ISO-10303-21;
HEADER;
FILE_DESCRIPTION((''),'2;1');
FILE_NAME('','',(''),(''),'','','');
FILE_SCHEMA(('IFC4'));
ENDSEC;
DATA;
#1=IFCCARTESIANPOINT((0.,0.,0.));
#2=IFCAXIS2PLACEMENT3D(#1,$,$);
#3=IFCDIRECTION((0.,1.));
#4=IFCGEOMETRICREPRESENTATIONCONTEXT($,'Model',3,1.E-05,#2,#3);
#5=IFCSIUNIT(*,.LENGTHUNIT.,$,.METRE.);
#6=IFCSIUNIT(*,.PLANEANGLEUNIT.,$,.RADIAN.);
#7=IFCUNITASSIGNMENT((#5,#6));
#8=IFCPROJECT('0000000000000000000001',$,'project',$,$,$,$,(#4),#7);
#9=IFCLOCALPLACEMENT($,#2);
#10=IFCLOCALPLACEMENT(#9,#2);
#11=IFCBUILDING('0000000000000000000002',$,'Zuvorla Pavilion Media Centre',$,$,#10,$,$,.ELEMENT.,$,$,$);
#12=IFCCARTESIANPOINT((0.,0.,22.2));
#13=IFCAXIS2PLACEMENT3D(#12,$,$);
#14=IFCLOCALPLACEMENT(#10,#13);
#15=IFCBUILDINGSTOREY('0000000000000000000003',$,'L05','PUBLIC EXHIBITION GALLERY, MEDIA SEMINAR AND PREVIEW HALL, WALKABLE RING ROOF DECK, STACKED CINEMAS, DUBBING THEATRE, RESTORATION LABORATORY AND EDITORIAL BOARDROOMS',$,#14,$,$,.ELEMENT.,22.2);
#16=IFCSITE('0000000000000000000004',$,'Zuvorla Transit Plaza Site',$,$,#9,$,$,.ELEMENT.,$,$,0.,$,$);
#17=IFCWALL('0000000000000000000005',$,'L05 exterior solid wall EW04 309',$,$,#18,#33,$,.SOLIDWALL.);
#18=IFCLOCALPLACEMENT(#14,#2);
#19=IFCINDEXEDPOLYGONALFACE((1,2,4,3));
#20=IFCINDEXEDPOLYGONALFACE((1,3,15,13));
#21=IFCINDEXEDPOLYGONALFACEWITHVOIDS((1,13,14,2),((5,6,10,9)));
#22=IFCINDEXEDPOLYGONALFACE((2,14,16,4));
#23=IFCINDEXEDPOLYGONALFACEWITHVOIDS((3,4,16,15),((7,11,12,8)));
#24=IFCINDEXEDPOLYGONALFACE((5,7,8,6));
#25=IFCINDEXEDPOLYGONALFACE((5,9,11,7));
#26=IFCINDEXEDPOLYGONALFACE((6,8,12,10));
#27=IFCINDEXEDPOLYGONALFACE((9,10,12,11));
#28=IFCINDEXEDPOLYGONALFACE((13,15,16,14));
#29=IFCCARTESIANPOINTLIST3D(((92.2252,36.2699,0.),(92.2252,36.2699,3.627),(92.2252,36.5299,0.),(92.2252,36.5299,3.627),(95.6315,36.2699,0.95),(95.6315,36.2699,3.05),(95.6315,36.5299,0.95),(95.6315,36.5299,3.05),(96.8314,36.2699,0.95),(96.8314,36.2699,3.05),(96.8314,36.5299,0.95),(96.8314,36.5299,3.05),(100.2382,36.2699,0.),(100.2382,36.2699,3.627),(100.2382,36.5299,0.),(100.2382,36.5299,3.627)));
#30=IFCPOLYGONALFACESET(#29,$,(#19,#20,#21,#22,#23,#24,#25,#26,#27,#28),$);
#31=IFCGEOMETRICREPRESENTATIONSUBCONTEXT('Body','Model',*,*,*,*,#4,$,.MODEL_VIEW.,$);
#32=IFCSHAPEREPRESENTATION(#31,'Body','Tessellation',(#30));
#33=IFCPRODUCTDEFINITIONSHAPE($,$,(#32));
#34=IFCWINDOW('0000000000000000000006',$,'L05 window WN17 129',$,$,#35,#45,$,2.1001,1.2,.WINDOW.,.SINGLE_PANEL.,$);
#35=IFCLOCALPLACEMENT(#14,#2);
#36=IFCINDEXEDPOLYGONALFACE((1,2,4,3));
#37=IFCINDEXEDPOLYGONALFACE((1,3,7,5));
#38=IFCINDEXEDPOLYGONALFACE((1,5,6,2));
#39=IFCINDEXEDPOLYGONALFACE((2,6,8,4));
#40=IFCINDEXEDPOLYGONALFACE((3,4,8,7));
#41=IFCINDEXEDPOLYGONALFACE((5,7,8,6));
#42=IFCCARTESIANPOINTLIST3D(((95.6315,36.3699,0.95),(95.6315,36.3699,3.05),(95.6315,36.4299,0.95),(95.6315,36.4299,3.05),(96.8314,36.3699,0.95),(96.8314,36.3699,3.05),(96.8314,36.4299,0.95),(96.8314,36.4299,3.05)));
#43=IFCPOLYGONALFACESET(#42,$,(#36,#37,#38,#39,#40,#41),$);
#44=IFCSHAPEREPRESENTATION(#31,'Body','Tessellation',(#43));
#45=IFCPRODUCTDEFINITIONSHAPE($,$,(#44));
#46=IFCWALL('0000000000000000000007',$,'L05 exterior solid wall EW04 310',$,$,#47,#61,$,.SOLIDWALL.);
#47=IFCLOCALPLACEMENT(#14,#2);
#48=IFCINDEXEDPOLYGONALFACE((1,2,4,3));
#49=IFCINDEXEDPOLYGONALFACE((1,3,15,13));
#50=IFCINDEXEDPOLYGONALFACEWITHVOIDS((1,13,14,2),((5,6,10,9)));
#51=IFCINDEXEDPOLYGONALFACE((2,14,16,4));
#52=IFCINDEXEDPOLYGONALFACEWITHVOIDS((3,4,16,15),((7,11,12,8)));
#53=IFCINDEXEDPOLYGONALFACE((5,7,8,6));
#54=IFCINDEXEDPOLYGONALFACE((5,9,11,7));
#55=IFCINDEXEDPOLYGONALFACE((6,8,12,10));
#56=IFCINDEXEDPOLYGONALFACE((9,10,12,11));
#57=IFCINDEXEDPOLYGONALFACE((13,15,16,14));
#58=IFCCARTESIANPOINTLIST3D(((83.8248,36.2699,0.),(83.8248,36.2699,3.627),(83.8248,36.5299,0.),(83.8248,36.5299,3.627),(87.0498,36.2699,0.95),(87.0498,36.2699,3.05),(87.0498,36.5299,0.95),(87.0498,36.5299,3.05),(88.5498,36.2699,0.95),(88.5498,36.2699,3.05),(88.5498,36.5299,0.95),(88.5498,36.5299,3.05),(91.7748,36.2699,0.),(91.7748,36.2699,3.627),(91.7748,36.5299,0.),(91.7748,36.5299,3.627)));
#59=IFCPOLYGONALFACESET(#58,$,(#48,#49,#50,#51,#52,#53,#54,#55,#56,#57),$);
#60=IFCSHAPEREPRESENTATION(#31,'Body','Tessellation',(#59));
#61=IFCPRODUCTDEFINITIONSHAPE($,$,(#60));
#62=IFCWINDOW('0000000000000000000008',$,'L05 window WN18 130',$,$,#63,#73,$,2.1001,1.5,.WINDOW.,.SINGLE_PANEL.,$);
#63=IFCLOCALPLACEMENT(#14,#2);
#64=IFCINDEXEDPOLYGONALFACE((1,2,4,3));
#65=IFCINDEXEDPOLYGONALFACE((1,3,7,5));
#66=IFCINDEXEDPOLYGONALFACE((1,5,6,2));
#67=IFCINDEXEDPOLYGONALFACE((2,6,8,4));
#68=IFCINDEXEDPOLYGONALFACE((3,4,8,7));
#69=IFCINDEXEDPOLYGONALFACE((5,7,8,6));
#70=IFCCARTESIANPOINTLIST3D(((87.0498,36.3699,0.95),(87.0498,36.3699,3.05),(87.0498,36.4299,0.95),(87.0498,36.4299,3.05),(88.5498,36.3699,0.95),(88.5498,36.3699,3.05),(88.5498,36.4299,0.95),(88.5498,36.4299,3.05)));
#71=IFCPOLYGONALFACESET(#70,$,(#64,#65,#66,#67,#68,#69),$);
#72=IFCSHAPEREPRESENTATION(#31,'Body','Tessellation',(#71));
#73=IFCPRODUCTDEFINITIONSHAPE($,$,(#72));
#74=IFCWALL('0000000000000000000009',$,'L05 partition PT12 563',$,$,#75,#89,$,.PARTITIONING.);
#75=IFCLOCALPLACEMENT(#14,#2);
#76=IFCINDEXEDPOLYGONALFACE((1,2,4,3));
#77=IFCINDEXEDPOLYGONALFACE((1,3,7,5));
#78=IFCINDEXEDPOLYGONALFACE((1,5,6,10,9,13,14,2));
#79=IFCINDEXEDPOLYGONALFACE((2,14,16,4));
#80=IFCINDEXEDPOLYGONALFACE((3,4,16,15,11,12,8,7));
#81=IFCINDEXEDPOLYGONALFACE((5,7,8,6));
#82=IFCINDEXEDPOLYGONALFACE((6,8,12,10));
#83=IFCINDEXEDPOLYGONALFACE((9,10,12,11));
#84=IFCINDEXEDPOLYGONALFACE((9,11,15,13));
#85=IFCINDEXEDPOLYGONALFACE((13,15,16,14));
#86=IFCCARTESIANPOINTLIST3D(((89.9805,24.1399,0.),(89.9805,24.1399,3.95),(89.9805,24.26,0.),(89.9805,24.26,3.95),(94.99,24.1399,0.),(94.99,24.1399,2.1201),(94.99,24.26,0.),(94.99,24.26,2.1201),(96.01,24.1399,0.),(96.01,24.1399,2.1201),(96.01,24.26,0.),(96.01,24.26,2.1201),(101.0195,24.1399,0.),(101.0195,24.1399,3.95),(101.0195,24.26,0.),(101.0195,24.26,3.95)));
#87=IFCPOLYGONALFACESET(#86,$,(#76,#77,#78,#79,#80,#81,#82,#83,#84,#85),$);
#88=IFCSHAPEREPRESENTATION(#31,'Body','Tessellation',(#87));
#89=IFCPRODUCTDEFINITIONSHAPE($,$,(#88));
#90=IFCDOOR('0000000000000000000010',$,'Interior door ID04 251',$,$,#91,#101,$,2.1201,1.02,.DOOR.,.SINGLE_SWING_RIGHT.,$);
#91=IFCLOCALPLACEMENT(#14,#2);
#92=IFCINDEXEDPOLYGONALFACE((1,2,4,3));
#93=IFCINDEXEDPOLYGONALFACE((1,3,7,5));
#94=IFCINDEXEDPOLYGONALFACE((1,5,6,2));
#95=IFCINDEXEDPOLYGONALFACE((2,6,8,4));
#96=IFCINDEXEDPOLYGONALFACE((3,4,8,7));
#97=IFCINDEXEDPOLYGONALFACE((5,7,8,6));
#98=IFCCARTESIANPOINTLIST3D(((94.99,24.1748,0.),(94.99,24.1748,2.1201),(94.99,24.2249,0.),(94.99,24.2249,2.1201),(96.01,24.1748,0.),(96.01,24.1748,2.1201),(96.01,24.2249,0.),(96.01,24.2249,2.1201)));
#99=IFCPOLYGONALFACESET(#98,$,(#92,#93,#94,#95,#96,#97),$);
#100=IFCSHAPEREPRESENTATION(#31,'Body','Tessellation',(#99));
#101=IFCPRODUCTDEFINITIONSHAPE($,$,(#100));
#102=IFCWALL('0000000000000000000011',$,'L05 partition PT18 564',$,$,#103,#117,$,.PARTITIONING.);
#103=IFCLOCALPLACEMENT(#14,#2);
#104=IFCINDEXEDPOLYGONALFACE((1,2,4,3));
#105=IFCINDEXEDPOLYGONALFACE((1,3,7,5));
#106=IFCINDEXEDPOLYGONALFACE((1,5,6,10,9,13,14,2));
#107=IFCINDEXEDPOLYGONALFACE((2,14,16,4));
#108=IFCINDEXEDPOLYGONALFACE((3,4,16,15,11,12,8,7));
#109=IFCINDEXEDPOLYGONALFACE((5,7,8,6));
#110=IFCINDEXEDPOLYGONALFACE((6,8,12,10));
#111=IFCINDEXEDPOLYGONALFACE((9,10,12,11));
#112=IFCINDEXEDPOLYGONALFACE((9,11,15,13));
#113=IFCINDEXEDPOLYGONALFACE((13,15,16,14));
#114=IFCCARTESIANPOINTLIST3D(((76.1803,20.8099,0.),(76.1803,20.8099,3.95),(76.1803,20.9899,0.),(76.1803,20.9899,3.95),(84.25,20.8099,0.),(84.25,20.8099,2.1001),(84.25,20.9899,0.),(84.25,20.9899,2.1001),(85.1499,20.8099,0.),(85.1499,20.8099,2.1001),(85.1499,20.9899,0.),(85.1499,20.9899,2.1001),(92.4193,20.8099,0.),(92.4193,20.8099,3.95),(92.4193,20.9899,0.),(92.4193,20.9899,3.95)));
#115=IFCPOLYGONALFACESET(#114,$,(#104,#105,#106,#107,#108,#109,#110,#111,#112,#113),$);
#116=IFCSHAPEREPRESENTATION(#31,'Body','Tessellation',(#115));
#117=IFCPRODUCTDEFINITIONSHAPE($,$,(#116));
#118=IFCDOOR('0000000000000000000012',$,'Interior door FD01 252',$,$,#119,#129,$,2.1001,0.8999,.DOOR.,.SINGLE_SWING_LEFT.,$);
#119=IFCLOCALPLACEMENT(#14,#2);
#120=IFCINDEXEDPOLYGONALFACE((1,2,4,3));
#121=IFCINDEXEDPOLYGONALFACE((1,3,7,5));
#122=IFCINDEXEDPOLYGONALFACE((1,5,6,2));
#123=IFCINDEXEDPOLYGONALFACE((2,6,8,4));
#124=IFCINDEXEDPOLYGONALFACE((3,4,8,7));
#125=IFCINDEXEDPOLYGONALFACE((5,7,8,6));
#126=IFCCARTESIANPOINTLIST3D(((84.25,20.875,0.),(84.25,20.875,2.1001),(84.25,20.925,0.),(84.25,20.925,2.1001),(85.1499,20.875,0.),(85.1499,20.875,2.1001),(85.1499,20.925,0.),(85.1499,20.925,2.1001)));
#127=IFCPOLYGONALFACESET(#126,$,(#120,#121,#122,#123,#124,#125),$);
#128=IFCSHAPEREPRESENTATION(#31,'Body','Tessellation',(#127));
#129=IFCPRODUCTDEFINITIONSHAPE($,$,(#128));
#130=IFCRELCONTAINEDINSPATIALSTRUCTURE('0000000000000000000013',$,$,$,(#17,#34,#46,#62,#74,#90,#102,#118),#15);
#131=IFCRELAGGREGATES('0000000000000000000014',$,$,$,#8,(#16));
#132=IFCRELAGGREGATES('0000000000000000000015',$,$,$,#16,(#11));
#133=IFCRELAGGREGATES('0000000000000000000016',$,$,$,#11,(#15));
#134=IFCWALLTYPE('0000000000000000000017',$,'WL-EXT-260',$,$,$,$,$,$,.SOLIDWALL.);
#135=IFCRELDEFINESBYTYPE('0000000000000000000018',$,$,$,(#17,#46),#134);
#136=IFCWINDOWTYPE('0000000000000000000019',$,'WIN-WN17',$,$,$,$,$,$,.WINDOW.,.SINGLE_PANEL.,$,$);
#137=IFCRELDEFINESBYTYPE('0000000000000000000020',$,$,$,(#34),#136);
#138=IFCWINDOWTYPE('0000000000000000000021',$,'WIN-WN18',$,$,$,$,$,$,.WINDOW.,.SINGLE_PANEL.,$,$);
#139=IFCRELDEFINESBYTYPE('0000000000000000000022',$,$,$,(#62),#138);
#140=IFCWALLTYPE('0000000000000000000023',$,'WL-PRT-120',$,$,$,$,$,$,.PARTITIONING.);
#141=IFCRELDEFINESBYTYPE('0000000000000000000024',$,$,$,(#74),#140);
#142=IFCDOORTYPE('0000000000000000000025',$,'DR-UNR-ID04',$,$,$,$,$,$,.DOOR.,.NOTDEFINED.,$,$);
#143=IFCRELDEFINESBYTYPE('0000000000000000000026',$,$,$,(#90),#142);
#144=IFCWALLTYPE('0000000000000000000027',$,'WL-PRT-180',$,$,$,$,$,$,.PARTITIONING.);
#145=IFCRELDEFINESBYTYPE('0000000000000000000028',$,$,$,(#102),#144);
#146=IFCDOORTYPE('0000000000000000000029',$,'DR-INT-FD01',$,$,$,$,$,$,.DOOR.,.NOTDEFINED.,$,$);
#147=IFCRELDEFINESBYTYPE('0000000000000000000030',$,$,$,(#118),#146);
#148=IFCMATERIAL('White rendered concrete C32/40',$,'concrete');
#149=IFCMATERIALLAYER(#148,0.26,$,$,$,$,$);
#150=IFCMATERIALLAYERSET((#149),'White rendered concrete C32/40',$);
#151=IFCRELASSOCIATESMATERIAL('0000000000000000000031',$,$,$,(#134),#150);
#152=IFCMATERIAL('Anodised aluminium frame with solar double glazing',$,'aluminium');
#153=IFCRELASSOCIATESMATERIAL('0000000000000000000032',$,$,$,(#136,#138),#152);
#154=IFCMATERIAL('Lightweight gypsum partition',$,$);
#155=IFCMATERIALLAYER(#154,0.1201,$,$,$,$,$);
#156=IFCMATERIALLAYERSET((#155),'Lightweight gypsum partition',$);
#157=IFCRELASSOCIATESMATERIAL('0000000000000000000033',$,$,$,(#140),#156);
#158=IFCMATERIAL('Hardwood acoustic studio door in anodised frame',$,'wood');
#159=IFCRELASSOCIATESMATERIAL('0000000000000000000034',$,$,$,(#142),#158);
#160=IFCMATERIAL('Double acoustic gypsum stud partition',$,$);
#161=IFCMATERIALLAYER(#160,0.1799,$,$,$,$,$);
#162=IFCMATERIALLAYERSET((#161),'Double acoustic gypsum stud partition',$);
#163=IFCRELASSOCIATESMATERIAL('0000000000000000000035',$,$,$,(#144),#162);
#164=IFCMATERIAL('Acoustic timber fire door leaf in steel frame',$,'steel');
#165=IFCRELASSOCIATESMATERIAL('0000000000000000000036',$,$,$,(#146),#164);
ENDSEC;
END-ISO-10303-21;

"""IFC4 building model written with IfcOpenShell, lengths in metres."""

from ifc_helpers import new_model, si_unit, direction, frame, frame_2d, origin, place, context, subcontext, project, spatial, rectangle, extrude, material, layer, layer_set, type_object, element, fill, save


model = new_model("IFC4")

# Units and contexts
model_context = context("Model", 3, precision=1e-05, world=origin(), true_north=direction((0.0, 1.0)))
body_context = subcontext(model_context, "Body", "Model", "MODEL_VIEW")
ifc_project = project(units=[si_unit("LENGTHUNIT", "METRE"), si_unit("PLANEANGLEUNIT", "RADIAN")], contexts=[model_context])

# Site, building, storey
site_placement = place(None, origin())
site = spatial("IfcSite", under=ifc_project, at=site_placement, Name="Zuvorla Transit Plaza Site", CompositionType="ELEMENT", RefElevation=0.0)
building_placement = place(site_placement, origin())
building = spatial("IfcBuilding", under=site, at=building_placement, Name="Zuvorla Pavilion Media Centre", CompositionType="ELEMENT")
storey_placement = place(building_placement, frame((0.0, 0.0, 22.2)))
storey = spatial("IfcBuildingStorey", under=building, at=storey_placement, Name="L05", Description="PUBLIC EXHIBITION GALLERY, MEDIA SEMINAR AND PREVIEW HALL, WALKABLE RING ROOF DECK, STACKED CINEMAS, DUBBING THEATRE, RESTORATION LABORATORY AND EDITORIAL BOARDROOMS", CompositionType="ELEMENT", Elevation=22.2)

# Shared definitions
ifc_material_1 = material(Name="Acoustic timber fire door leaf in steel frame", Category="steel")

# Walls, openings, windows
ifc_material_2 = material(Name="White rendered concrete C32/40", Category="concrete")
ifc_layer_1 = layer(ifc_material_2, 0.26)
ifc_layer_set_1 = layer_set([ifc_layer_1], Name="White rendered concrete C32/40")
wall_type_1 = type_object("IfcWallType", Name="WL-EXT-260", PredefinedType="SOLIDWALL", material=ifc_layer_set_1)
wall_1_placement = place(storey_placement, frame((100.238, 36.3999, 0.0), z_axis=(0.0, 0.0, 1.0), x_axis=(-1.0, 0.0, 0.0)))
wall_1 = element("IfcWall", 1, at=wall_1_placement, inside=storey, type_object=wall_type_1, Name="L05 exterior solid wall EW04 309", PredefinedType="SOLIDWALL", context=body_context, shape_type="SweptSolid", body=[
    extrude(rectangle(XDim=8.0129, YDim=0.26, at=frame_2d((4.0063, 0.0))), origin(), (0.0, 0.0, 1.0), 3.627),
])
opening_1_placement = place(wall_1_placement, frame((3.4065, 0.0, 0.95)))
opening_1 = element("IfcOpeningElement", 2, at=opening_1_placement, cuts=wall_1, PredefinedType="OPENING", context=body_context, shape_type="SweptSolid", body=[
    extrude(rectangle(XDim=1.2, YDim=2.1001, at=frame_2d((0.6001, 1.05))), frame((0.0, 0.1399, 0.0), z_axis=(0.0, -1.0, 0.0), x_axis=(1.0, 0.0, 0.0)), (0.0, 0.0, 1.0), 0.28),
])
ifc_material_3 = material(Name="Anodised aluminium frame with solar double glazing", Category="aluminium")
window_type_1 = type_object("IfcWindowType", Name="WIN-WN17", PartitioningType="SINGLE_PANEL", PredefinedType="WINDOW", material=ifc_material_3)
window_1_placement = place(opening_1_placement, origin())
window_1 = element("IfcWindow", 3, at=window_1_placement, inside=storey, type_object=window_type_1, Name="L05 window WN17 129", OverallHeight=2.1001, OverallWidth=1.2, PartitioningType="SINGLE_PANEL", PredefinedType="WINDOW", context=body_context, shape_type="SweptSolid", body=[
    extrude(rectangle(XDim=1.2, YDim=2.1001, at=frame_2d((0.6001, 1.05))), frame((0.0, 0.03, 0.0), z_axis=(0.0, -1.0, 0.0), x_axis=(1.0, 0.0, 0.0)), (0.0, 0.0, 1.0), 0.0601),
])
fill(opening_1, window_1)
wall_2_placement = place(storey_placement, frame((91.7749, 36.3999, 0.0), z_axis=(0.0, 0.0, 1.0), x_axis=(-1.0, 0.0, 0.0)))
wall_2 = element("IfcWall", 4, at=wall_2_placement, inside=storey, type_object=wall_type_1, Name="L05 exterior solid wall EW04 310", PredefinedType="SOLIDWALL", context=body_context, shape_type="SweptSolid", body=[
    extrude(rectangle(XDim=7.95, YDim=0.26, at=frame_2d((3.9751, 0.0))), origin(), (0.0, 0.0, 1.0), 3.627),
])
opening_2_placement = place(wall_2_placement, frame((3.2251, 0.0, 0.95)))
opening_2 = element("IfcOpeningElement", 5, at=opening_2_placement, cuts=wall_2, PredefinedType="OPENING", context=body_context, shape_type="SweptSolid", body=[
    extrude(rectangle(XDim=1.5, YDim=2.1001, at=frame_2d((0.75, 1.05))), frame((0.0, 0.1399, 0.0), z_axis=(0.0, -1.0, 0.0), x_axis=(1.0, 0.0, 0.0)), (0.0, 0.0, 1.0), 0.28),
])
window_type_2 = type_object("IfcWindowType", Name="WIN-WN18", PartitioningType="SINGLE_PANEL", PredefinedType="WINDOW", material=ifc_material_3)
window_2_placement = place(opening_2_placement, origin())
window_2 = element("IfcWindow", 6, at=window_2_placement, inside=storey, type_object=window_type_2, Name="L05 window WN18 130", OverallHeight=2.1001, OverallWidth=1.5, PartitioningType="SINGLE_PANEL", PredefinedType="WINDOW", context=body_context, shape_type="SweptSolid", body=[
    extrude(rectangle(XDim=1.5, YDim=2.1001, at=frame_2d((0.75, 1.05))), frame((0.0, 0.03, 0.0), z_axis=(0.0, -1.0, 0.0), x_axis=(1.0, 0.0, 0.0)), (0.0, 0.0, 1.0), 0.0601),
])
fill(opening_2, window_2)

# Walls, openings, doors
ifc_material_4 = material(Name="Lightweight gypsum partition")
ifc_layer_2 = layer(ifc_material_4, 0.1201)
ifc_layer_set_2 = layer_set([ifc_layer_2], Name="Lightweight gypsum partition")
wall_type_2 = type_object("IfcWallType", Name="WL-PRT-120", PredefinedType="PARTITIONING", material=ifc_layer_set_2)
wall_3_placement = place(storey_placement, frame((89.9805, 24.2, 0.0), z_axis=(0.0, 0.0, 1.0), x_axis=(1.0, 0.0, 0.0)))
wall_3 = element("IfcWall", 7, at=wall_3_placement, inside=storey, type_object=wall_type_2, Name="L05 partition PT12 563", PredefinedType="PARTITIONING", context=body_context, shape_type="SweptSolid", body=[
    extrude(rectangle(XDim=11.0391, YDim=0.1201, at=frame_2d((5.5195, 0.0))), origin(), (0.0, 0.0, 1.0), 3.95),
])
opening_3_placement = place(wall_3_placement, frame((5.0095, 0.0, 0.0)))
opening_3 = element("IfcOpeningElement", 8, at=opening_3_placement, cuts=wall_3, PredefinedType="OPENING", context=body_context, shape_type="SweptSolid", body=[
    extrude(rectangle(XDim=1.02, YDim=2.1201, at=frame_2d((0.51, 1.0601))), frame((0.0, 0.0701, 0.0), z_axis=(0.0, -1.0, 0.0), x_axis=(1.0, 0.0, 0.0)), (0.0, 0.0, 1.0), 0.1401),
])
ifc_material_5 = material(Name="Hardwood acoustic studio door in anodised frame", Category="wood")
door_type_1 = type_object("IfcDoorType", Name="DR-UNR-ID04", OperationType="NOTDEFINED", PredefinedType="DOOR", material=ifc_material_5)
door_1_placement = place(opening_3_placement, origin())
door_1 = element("IfcDoor", 9, at=door_1_placement, inside=storey, type_object=door_type_1, Name="Interior door ID04 251", OperationType="SINGLE_SWING_RIGHT", OverallHeight=2.1201, OverallWidth=1.02, PredefinedType="DOOR", context=body_context, shape_type="SweptSolid", body=[
    extrude(rectangle(XDim=1.02, YDim=2.1201, at=frame_2d((0.51, 1.0601))), frame((0.0, 0.0249, 0.0), z_axis=(0.0, -1.0, 0.0), x_axis=(1.0, 0.0, 0.0)), (0.0, 0.0, 1.0), 0.05),
])
fill(opening_3, door_1)
ifc_material_6 = material(Name="Double acoustic gypsum stud partition")
ifc_layer_3 = layer(ifc_material_6, 0.1799)
ifc_layer_set_3 = layer_set([ifc_layer_3], Name="Double acoustic gypsum stud partition")
wall_type_3 = type_object("IfcWallType", Name="WL-PRT-180", PredefinedType="PARTITIONING", material=ifc_layer_set_3)
wall_4_placement = place(storey_placement, frame((92.4194, 20.8999, 0.0), z_axis=(0.0, 0.0, 1.0), x_axis=(-1.0, 0.0, 0.0)))
wall_4 = element("IfcWall", 10, at=wall_4_placement, inside=storey, type_object=wall_type_3, Name="L05 partition PT18 564", PredefinedType="PARTITIONING", context=body_context, shape_type="SweptSolid", body=[
    extrude(rectangle(XDim=16.239, YDim=0.1799, at=frame_2d((8.1196, 0.0))), origin(), (0.0, 0.0, 1.0), 3.95),
])
opening_4_placement = place(wall_4_placement, frame((7.2695, 0.0, 0.0)))
opening_4 = element("IfcOpeningElement", 11, at=opening_4_placement, cuts=wall_4, PredefinedType="OPENING", context=body_context, shape_type="SweptSolid", body=[
    extrude(rectangle(XDim=0.8999, YDim=2.1001, at=frame_2d((0.45, 1.05))), frame((0.0, 0.0999, 0.0), z_axis=(0.0, -1.0, 0.0), x_axis=(1.0, 0.0, 0.0)), (0.0, 0.0, 1.0), 0.2),
])
door_type_2 = type_object("IfcDoorType", Name="DR-INT-FD01", OperationType="NOTDEFINED", PredefinedType="DOOR", material=ifc_material_1)
door_2_placement = place(opening_4_placement, origin())
door_2 = element("IfcDoor", 12, at=door_2_placement, inside=storey, type_object=door_type_2, Name="Interior door FD01 252", OperationType="SINGLE_SWING_LEFT", OverallHeight=2.1001, OverallWidth=0.8999, PredefinedType="DOOR", context=body_context, shape_type="SweptSolid", body=[
    extrude(rectangle(XDim=0.8999, YDim=2.1001, at=frame_2d((0.45, 1.05))), frame((0.0, 0.0249, 0.0), z_axis=(0.0, -1.0, 0.0), x_axis=(1.0, 0.0, 0.0)), (0.0, 0.0, 1.0), 0.05),
])
fill(opening_4, door_2)

save(model, "model.ifc")
